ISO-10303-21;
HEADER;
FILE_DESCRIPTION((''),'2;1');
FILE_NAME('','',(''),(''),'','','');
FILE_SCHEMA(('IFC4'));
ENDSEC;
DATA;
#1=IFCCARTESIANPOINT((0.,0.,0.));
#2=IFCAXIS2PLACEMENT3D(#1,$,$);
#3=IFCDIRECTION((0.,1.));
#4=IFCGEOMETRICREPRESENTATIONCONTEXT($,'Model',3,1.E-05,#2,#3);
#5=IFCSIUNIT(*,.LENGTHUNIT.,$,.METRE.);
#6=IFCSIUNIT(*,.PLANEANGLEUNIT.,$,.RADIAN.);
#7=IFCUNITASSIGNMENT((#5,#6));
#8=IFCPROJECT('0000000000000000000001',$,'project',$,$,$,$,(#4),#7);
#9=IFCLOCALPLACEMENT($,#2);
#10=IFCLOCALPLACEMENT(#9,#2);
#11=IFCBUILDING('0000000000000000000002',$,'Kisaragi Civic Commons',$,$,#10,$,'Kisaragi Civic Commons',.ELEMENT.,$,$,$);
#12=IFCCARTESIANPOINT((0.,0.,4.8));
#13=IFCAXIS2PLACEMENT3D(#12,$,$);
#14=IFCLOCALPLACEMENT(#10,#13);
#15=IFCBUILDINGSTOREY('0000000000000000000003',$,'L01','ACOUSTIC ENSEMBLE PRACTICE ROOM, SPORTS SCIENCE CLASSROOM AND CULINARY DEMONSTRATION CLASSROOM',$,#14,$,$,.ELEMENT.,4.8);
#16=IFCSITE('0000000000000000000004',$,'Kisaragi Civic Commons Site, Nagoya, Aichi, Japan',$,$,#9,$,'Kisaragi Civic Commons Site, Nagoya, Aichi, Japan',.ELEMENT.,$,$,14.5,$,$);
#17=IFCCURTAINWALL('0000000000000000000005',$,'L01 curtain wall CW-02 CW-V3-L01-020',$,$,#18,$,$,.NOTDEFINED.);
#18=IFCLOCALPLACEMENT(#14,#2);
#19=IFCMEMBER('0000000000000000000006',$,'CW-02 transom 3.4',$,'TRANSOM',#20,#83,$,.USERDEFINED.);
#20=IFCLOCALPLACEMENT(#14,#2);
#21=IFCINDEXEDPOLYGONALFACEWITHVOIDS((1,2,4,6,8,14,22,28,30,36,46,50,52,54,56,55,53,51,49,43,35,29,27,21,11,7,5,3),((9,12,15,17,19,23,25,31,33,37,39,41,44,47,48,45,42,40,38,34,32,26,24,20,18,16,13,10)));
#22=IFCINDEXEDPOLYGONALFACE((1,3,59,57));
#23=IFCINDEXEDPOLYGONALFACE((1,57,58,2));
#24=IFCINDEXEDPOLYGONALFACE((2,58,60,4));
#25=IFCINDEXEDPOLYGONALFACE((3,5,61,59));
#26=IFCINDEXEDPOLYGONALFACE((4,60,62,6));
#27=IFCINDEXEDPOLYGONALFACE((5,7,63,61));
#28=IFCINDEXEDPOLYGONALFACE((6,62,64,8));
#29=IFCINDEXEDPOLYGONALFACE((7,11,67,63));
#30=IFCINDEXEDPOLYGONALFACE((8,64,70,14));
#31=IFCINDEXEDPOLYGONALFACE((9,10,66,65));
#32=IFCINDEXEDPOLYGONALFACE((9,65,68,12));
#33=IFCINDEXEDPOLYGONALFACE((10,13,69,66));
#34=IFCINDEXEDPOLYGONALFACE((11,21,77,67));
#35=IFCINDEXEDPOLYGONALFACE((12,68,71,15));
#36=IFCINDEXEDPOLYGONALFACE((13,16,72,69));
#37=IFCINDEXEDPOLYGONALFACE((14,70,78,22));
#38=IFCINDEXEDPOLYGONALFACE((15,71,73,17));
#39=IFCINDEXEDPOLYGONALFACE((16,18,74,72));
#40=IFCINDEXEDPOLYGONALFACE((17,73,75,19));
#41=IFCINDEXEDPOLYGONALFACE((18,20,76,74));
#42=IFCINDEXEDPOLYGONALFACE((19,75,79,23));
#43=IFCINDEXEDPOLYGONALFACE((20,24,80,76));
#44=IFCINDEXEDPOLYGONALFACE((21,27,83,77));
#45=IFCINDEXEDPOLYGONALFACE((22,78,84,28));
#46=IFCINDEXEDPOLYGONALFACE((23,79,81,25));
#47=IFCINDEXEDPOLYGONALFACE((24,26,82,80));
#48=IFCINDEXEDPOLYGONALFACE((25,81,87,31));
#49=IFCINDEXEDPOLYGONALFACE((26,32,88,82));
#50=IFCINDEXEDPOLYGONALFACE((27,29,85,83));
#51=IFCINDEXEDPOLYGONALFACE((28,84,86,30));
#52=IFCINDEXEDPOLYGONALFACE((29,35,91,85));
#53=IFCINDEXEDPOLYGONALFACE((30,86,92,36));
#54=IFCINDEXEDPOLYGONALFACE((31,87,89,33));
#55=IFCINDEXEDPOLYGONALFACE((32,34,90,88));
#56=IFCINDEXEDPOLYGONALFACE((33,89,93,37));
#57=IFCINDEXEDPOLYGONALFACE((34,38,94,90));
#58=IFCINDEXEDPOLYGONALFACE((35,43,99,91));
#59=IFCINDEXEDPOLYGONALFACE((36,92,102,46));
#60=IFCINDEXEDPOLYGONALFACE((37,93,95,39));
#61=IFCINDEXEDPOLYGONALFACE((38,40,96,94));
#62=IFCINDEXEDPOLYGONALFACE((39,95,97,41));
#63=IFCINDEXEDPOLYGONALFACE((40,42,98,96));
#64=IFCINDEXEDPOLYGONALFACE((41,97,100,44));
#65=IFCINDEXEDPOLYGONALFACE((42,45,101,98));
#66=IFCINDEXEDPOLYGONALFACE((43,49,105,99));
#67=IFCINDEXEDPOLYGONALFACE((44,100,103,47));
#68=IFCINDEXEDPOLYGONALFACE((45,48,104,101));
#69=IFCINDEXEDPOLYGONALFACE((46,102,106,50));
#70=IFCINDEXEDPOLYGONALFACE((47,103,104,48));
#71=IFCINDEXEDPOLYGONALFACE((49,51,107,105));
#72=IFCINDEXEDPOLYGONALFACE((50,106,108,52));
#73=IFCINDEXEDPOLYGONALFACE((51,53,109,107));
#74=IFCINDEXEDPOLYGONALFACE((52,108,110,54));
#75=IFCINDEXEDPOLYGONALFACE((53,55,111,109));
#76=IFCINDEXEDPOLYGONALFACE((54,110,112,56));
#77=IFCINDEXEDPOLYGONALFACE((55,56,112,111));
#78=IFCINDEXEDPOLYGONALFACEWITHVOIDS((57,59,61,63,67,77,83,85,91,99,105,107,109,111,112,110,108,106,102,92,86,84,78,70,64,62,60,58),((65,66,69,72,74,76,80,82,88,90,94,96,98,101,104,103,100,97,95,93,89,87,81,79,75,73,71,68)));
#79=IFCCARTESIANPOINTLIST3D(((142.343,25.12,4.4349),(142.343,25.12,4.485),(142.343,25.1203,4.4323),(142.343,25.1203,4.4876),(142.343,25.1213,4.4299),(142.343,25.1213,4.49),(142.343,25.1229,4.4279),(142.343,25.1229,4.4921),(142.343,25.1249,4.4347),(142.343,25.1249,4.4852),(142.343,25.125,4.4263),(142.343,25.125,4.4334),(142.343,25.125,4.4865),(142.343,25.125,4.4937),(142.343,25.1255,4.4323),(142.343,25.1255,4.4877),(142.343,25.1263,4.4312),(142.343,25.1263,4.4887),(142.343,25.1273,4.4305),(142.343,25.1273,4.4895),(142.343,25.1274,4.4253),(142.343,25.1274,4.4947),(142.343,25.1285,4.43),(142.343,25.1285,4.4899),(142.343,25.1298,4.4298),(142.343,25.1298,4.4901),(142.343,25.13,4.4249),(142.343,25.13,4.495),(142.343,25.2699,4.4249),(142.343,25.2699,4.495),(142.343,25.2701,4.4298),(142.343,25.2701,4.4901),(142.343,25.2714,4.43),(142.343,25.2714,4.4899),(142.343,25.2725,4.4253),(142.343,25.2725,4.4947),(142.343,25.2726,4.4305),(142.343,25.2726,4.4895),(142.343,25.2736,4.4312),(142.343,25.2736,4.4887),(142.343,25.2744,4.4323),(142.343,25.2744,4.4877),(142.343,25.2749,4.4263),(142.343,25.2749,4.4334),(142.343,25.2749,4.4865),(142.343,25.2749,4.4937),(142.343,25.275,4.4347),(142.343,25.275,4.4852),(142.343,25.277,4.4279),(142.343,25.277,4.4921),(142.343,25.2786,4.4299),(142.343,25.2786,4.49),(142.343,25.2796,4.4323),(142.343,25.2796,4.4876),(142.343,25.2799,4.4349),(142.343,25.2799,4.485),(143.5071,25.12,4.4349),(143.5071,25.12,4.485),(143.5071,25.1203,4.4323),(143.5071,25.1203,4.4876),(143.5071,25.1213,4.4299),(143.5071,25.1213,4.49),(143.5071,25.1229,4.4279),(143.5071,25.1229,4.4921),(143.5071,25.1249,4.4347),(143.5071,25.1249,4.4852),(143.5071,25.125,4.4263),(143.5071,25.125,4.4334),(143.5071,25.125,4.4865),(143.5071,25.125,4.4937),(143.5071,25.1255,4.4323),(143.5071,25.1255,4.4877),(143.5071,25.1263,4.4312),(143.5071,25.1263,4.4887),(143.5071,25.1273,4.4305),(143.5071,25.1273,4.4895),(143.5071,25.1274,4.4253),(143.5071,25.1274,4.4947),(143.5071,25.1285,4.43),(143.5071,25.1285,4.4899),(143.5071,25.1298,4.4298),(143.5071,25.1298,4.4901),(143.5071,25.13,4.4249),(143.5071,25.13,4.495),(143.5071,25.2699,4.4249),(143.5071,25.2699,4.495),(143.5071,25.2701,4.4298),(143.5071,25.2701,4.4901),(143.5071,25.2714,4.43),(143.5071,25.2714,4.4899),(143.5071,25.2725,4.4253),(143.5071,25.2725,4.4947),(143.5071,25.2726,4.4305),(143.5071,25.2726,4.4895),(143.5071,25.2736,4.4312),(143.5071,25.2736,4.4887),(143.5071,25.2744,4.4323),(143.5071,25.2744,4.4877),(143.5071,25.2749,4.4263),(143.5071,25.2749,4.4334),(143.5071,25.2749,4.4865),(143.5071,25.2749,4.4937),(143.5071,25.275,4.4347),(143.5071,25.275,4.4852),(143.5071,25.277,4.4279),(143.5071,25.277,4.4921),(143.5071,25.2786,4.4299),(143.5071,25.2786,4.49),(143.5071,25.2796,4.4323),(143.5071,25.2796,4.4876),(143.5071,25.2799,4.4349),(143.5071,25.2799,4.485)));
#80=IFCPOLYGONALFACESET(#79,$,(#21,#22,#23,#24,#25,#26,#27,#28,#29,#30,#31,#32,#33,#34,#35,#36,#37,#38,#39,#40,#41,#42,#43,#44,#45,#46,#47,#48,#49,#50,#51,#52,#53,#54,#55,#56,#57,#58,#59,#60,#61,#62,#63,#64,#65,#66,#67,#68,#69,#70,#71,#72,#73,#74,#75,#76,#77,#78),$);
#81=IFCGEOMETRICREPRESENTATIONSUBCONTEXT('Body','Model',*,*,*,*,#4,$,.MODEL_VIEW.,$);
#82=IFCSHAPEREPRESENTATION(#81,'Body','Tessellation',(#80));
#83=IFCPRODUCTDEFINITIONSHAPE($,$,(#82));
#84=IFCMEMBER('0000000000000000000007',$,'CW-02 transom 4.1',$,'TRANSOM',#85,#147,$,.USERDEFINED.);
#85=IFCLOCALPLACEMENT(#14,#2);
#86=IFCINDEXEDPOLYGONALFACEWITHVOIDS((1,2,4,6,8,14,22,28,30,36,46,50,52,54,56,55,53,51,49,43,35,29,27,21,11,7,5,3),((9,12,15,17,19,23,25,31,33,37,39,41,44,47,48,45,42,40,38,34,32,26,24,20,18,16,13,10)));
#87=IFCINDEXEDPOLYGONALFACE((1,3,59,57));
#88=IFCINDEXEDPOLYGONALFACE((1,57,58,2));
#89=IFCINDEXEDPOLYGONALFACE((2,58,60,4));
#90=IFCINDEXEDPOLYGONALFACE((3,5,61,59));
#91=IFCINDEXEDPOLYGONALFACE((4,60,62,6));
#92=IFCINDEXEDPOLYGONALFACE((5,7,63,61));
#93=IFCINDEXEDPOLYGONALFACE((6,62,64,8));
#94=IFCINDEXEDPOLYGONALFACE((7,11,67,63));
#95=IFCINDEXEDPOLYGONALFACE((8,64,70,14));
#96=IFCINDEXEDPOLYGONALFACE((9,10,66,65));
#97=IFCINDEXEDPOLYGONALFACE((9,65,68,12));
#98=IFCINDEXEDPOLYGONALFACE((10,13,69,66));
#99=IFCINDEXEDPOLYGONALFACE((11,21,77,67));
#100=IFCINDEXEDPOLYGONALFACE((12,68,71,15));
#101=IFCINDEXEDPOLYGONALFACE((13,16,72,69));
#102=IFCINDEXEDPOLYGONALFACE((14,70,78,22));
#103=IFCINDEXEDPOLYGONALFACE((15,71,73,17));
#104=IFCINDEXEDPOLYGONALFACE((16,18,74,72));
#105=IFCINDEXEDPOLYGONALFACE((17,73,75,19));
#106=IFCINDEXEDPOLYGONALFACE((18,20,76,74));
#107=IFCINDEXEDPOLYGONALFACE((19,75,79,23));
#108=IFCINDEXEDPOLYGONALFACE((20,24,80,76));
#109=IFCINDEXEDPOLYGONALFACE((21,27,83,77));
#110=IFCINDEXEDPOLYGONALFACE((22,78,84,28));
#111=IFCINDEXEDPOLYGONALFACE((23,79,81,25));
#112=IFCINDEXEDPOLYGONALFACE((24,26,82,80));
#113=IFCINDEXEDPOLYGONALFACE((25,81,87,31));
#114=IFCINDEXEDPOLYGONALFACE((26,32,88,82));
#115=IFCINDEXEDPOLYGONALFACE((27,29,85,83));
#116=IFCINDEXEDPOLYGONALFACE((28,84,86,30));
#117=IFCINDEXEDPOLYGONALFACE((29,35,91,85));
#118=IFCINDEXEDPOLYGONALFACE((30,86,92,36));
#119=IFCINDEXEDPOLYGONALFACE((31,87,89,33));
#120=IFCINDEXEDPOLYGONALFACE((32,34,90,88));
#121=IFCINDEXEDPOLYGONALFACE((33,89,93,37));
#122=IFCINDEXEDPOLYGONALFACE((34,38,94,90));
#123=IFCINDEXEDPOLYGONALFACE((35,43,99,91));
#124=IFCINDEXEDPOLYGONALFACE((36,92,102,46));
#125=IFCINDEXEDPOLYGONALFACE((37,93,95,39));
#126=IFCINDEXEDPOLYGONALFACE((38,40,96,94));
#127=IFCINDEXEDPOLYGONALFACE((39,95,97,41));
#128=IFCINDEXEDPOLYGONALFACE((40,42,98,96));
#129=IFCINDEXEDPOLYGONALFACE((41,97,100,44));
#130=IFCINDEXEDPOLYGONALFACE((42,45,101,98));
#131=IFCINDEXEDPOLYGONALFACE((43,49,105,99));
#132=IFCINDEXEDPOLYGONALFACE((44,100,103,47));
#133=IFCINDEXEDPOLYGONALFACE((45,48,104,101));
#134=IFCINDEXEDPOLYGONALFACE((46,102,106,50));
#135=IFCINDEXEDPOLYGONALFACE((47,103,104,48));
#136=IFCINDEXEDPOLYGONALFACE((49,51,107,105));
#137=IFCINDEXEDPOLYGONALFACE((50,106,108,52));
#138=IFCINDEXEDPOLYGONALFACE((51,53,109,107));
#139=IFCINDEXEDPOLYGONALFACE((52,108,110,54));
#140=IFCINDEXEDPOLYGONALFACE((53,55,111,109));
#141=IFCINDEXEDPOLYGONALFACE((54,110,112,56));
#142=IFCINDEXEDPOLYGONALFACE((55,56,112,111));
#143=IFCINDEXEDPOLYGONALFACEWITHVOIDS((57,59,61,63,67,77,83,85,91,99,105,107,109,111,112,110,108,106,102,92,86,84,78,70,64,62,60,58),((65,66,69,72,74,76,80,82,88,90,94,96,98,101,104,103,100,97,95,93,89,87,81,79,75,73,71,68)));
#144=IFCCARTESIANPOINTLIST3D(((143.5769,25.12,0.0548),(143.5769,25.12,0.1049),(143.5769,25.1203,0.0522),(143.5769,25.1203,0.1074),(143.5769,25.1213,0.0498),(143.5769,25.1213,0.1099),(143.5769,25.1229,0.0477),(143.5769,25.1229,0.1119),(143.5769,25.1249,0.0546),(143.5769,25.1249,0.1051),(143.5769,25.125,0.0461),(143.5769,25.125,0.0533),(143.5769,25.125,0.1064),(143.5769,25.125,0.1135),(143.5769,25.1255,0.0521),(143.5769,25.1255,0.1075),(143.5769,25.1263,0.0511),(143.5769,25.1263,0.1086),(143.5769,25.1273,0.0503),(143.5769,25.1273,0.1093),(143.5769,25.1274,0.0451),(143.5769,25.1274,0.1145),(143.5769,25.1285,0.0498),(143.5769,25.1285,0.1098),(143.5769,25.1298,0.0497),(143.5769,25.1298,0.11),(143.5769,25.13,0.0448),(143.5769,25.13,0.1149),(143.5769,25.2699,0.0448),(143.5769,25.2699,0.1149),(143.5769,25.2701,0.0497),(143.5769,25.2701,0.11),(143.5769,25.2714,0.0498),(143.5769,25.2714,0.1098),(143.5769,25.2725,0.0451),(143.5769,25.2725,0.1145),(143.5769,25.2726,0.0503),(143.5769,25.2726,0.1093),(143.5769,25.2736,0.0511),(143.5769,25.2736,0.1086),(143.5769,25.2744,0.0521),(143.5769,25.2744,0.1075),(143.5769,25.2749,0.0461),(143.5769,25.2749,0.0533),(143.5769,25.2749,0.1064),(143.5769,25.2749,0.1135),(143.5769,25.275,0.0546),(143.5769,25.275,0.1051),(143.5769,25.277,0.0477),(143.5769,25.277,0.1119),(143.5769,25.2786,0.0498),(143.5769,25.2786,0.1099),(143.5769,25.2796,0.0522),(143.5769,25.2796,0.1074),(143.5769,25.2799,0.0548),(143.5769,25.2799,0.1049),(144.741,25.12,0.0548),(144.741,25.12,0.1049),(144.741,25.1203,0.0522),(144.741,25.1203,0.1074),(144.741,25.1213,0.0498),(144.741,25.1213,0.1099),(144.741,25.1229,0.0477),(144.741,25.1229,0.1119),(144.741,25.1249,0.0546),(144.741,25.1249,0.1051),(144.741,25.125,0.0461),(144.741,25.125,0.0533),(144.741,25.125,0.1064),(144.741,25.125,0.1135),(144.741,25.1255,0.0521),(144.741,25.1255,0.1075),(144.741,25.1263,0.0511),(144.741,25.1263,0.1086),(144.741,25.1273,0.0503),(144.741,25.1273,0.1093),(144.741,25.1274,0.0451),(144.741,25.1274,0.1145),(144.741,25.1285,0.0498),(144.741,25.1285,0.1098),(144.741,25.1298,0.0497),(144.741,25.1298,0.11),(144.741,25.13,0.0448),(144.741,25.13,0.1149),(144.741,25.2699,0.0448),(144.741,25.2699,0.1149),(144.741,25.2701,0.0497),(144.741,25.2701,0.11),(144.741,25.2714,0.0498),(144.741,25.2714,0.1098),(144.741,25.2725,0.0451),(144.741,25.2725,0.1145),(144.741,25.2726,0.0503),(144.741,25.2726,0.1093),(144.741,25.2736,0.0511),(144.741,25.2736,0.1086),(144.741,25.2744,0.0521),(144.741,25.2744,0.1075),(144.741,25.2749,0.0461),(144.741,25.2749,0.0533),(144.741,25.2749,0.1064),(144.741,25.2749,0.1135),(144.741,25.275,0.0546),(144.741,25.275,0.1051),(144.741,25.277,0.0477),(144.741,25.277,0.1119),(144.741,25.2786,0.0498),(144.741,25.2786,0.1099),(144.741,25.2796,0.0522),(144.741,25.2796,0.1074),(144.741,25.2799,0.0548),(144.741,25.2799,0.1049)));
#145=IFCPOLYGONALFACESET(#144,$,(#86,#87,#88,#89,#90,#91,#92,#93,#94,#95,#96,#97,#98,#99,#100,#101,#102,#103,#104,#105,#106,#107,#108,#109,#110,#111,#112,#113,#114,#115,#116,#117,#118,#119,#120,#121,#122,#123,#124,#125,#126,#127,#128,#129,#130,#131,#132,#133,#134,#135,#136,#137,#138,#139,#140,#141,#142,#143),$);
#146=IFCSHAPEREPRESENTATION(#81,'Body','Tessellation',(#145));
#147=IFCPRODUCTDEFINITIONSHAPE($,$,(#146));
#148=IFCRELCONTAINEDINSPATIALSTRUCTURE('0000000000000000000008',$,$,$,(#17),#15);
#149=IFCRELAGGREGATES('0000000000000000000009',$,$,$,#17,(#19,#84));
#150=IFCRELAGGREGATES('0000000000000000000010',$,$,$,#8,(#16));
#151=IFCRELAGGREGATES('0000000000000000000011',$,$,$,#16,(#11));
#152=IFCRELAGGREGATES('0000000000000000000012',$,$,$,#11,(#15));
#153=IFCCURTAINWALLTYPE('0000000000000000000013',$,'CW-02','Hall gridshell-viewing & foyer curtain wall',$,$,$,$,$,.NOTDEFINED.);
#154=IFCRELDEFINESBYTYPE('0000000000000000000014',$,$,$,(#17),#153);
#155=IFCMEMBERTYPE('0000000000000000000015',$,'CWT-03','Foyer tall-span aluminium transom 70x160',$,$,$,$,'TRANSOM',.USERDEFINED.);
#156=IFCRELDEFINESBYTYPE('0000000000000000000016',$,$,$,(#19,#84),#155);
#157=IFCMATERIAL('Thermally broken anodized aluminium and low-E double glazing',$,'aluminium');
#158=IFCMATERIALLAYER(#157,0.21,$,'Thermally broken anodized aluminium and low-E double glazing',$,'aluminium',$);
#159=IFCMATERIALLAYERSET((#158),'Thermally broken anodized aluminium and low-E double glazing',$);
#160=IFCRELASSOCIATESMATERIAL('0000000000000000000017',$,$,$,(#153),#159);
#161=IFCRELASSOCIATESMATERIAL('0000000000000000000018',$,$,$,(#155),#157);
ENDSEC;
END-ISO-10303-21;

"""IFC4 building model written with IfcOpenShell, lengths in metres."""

from ifc_helpers import new_model, si_unit, direction, frame, origin, origin_2d, place, context, subcontext, project, spatial, hollow_rectangle, extrude, material, layer, layer_set, material_profile, profile_set, type_object, element, aggregate, save


model = new_model("IFC4")

# Units and contexts
model_context = context("Model", 3, precision=1e-05, world=origin(), true_north=direction((0.0, 1.0)))
body_context = subcontext(model_context, "Body", "Model", "MODEL_VIEW")
ifc_project = project(units=[si_unit("LENGTHUNIT", "METRE"), si_unit("PLANEANGLEUNIT", "RADIAN")], contexts=[model_context])

# Site, building, storey
site_placement = place(None, origin())
site = spatial("IfcSite", under=ifc_project, at=site_placement, Name="Kisaragi Civic Commons Site, Nagoya, Aichi, Japan", LongName="Kisaragi Civic Commons Site, Nagoya, Aichi, Japan", CompositionType="ELEMENT", RefElevation=14.5)
building_placement = place(site_placement, origin())
building = spatial("IfcBuilding", under=site, at=building_placement, Name="Kisaragi Civic Commons", LongName="Kisaragi Civic Commons", CompositionType="ELEMENT")
storey_placement = place(building_placement, frame((0.0, 0.0, 4.8)))
storey = spatial("IfcBuildingStorey", under=building, at=storey_placement, Name="L01", Description="ACOUSTIC ENSEMBLE PRACTICE ROOM, SPORTS SCIENCE CLASSROOM AND CULINARY DEMONSTRATION CLASSROOM", CompositionType="ELEMENT", Elevation=4.8)

# Curtain wall, members
ifc_material = material(Name="Thermally broken anodized aluminium and low-E double glazing", Category="aluminium")
ifc_layer_1 = layer(ifc_material, 0.21, Name="Thermally broken anodized aluminium and low-E double glazing", Category="aluminium")
ifc_layer_set_1 = layer_set([ifc_layer_1], Name="Thermally broken anodized aluminium and low-E double glazing")
curtain_wall_type = type_object("IfcCurtainWallType", Name="CW-02", Description="Hall gridshell-viewing & foyer curtain wall", PredefinedType="NOTDEFINED", material=ifc_layer_set_1)
curtain_wall_placement = place(storey_placement, origin())
curtain_wall = element("IfcCurtainWall", 1, at=curtain_wall_placement, inside=storey, type_object=curtain_wall_type, Name="L01 curtain wall CW-02 CW-V3-L01-020", PredefinedType="NOTDEFINED")
ifc_material_profile_1 = material_profile(ifc_material, hollow_rectangle(XDim=0.1599, YDim=0.0701, WallThickness=0.0049, InnerFilletRadius=0.0049, OuterFilletRadius=0.01, at=origin_2d()), Name="CWT-70x160x5", Category="aluminium")
ifc_profile_set_1 = profile_set([ifc_material_profile_1], Name="Thermally broken anodized aluminium and low-E double glazing")
member_type_1 = type_object("IfcMemberType", Name="CWT-03", Description="Foyer tall-span aluminium transom 70x160", ElementType="TRANSOM", PredefinedType="USERDEFINED", material=ifc_profile_set_1)
member_1_placement = place(storey_placement, frame((142.343, 25.2, 4.46), z_axis=(1.0, 0.0, 0.0), x_axis=(0.0, 1.0, 0.0)))
member_1 = element("IfcMember", 2, at=member_1_placement, type_object=member_type_1, Name="CW-02 transom 3.4", ObjectType="TRANSOM", PredefinedType="USERDEFINED", context=body_context, shape_type="SweptSolid", body=[
    extrude(hollow_rectangle(XDim=0.1599, YDim=0.0701, WallThickness=0.0049, InnerFilletRadius=0.0049, OuterFilletRadius=0.01, at=origin_2d()), origin(), (0.0, 0.0, 1.0), 1.1641),
])
member_2_placement = place(storey_placement, frame((143.5769, 25.2, 0.0798), z_axis=(1.0, 0.0, 0.0), x_axis=(0.0, 1.0, 0.0)))
member_2 = element("IfcMember", 3, at=member_2_placement, type_object=member_type_1, Name="CW-02 transom 4.1", ObjectType="TRANSOM", PredefinedType="USERDEFINED", context=body_context, shape_type="SweptSolid", body=[
    extrude(hollow_rectangle(XDim=0.1599, YDim=0.0701, WallThickness=0.0049, InnerFilletRadius=0.0049, OuterFilletRadius=0.01, at=origin_2d()), origin(), (0.0, 0.0, 1.0), 1.1641),
])
aggregate(curtain_wall, [member_1, member_2])

save(model, "model.ifc")
